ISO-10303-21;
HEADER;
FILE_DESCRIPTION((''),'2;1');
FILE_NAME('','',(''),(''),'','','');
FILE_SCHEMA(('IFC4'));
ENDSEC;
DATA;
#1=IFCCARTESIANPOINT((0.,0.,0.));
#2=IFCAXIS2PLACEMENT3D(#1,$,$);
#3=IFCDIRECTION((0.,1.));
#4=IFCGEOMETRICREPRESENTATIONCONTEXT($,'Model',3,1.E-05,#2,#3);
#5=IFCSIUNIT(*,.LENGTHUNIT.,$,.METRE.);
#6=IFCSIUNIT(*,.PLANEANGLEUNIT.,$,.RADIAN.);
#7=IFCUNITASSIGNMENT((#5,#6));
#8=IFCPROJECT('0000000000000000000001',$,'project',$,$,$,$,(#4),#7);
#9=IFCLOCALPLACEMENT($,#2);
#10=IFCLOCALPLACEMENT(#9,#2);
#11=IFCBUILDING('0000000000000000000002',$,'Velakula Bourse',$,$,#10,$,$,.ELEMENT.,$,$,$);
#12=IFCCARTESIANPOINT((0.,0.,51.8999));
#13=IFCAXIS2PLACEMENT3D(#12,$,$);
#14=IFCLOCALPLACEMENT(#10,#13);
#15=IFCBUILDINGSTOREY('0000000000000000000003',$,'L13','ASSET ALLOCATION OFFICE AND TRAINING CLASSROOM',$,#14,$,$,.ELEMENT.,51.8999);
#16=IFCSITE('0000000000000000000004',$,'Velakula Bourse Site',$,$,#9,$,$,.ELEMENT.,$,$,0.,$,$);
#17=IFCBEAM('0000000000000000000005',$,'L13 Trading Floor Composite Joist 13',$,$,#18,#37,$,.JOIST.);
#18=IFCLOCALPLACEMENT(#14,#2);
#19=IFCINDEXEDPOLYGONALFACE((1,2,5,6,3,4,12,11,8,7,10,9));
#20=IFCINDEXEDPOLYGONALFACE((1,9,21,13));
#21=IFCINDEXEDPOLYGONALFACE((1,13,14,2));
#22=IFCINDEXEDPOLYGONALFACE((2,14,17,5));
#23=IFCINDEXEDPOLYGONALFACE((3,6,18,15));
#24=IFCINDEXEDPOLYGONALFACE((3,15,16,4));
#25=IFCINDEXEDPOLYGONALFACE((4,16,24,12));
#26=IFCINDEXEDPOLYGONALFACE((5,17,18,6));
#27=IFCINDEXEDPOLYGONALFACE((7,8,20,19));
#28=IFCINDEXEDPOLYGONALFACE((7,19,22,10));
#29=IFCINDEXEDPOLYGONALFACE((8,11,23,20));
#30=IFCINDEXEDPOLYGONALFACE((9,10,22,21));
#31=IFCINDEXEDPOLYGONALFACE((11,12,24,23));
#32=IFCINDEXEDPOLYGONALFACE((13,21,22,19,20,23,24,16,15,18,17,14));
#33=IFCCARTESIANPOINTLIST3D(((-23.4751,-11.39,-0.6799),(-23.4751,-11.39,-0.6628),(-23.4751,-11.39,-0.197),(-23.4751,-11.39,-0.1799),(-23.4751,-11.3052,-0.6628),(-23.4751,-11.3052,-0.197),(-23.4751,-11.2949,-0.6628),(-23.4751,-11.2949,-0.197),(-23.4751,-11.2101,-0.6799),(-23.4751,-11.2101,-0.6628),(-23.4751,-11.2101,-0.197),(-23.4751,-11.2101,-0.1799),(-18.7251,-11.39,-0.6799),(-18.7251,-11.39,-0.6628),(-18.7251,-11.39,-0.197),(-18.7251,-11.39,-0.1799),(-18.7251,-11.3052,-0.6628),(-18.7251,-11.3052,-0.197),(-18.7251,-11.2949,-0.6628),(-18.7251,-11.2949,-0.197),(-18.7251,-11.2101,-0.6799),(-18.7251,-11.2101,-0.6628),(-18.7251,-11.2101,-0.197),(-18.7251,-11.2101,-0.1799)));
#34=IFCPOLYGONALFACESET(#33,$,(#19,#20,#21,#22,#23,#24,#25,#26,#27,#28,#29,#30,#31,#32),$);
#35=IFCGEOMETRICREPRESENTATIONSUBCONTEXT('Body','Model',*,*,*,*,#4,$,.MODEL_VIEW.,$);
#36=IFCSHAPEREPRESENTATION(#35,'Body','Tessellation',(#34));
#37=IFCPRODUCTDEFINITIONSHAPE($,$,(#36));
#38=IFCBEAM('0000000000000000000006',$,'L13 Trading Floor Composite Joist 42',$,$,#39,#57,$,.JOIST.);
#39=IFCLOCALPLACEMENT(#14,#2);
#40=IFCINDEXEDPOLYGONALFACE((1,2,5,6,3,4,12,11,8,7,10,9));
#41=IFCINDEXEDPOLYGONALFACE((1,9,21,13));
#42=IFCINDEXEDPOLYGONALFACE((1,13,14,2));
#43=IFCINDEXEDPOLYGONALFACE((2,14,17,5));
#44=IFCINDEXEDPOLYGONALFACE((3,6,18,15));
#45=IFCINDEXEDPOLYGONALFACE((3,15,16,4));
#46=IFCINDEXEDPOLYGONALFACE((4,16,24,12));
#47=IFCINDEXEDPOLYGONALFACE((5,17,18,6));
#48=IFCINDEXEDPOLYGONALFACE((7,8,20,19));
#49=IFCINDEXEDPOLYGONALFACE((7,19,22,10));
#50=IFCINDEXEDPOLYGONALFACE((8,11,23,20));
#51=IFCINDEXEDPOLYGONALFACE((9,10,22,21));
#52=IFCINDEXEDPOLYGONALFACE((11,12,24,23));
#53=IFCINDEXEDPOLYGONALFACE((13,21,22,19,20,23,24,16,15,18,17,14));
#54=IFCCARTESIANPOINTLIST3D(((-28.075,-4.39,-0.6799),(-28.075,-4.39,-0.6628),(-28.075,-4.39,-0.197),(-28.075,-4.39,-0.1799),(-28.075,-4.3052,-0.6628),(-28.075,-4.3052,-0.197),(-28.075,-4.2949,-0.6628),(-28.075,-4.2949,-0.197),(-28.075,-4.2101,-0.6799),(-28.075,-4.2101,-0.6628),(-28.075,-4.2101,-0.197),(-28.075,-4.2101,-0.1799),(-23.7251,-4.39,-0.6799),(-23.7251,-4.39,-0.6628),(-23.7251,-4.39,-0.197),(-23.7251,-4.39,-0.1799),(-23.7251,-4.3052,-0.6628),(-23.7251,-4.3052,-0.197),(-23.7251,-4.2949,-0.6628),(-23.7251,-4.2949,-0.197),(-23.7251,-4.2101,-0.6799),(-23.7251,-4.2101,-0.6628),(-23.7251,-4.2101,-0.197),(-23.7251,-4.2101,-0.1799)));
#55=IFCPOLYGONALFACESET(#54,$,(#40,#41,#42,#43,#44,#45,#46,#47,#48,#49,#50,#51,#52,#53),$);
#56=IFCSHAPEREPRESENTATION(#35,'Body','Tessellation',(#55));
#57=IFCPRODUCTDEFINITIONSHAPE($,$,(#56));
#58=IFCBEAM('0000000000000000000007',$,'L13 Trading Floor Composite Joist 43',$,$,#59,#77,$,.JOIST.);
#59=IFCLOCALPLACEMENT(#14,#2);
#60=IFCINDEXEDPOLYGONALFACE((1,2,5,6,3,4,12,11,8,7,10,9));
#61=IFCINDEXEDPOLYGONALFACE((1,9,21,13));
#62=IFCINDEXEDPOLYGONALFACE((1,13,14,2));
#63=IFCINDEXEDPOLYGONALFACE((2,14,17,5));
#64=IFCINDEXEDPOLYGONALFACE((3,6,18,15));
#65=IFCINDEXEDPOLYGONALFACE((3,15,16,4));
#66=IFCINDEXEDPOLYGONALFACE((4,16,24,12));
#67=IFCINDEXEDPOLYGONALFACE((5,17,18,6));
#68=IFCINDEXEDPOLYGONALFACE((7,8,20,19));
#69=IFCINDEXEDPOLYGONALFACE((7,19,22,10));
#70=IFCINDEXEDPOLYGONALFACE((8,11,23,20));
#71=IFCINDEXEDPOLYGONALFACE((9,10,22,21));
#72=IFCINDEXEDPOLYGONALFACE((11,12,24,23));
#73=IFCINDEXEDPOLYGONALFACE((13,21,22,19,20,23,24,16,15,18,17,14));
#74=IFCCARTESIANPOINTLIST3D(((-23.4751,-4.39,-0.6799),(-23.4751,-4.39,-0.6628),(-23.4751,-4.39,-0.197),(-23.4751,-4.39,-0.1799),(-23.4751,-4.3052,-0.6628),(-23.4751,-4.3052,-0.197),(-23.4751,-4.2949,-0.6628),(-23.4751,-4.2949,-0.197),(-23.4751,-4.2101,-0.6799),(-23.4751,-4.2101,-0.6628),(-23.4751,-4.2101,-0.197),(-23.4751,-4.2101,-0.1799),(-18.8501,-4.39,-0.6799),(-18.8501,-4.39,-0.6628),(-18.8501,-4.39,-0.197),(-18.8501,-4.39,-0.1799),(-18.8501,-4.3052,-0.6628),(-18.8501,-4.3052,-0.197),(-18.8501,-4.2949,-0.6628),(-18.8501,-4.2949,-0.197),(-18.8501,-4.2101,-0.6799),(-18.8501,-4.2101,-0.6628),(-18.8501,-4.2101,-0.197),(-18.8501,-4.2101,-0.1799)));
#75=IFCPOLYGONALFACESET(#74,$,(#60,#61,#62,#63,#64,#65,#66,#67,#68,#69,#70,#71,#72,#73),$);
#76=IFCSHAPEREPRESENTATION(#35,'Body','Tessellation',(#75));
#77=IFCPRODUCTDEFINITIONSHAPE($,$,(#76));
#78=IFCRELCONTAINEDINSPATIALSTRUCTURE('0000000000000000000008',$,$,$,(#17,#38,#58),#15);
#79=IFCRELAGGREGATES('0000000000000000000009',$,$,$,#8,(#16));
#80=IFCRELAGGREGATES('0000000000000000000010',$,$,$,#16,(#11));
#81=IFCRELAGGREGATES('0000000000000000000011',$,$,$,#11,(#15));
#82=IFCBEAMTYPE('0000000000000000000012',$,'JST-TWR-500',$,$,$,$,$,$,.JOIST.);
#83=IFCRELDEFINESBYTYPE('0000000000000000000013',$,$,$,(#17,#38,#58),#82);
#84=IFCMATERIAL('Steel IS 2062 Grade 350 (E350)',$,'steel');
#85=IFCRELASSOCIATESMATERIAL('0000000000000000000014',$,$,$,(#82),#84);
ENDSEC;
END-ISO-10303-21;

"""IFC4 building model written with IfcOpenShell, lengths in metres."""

from ifc_helpers import new_model, si_unit, direction, frame, origin, origin_2d, place, context, subcontext, project, spatial, i_section, extrude, material, material_profile, profile_set, type_object, element, save


model = new_model("IFC4")

# Units and contexts
model_context = context("Model", 3, precision=1e-05, world=origin(), true_north=direction((0.0, 1.0)))
body_context = subcontext(model_context, "Body", "Model", "MODEL_VIEW")
ifc_project = project(units=[si_unit("LENGTHUNIT", "METRE"), si_unit("PLANEANGLEUNIT", "RADIAN")], contexts=[model_context])

# Site, building, storey
site_placement = place(None, origin())
site = spatial("IfcSite", under=ifc_project, at=site_placement, Name="Velakula Bourse Site", CompositionType="ELEMENT", RefElevation=0.0)
building_placement = place(site_placement, origin())
building = spatial("IfcBuilding", under=site, at=building_placement, Name="Velakula Bourse", CompositionType="ELEMENT")
storey_placement = place(building_placement, frame((0.0, 0.0, 51.8999)))
storey = spatial("IfcBuildingStorey", under=building, at=storey_placement, Name="L13", Description="ASSET ALLOCATION OFFICE AND TRAINING CLASSROOM", CompositionType="ELEMENT", Elevation=51.8999)

# Beams
ifc_material_1 = material(Name="Steel IS 2062 Grade 350 (E350)", Category="steel")
ifc_material_profile_1 = material_profile(ifc_material_1, i_section(OverallWidth=0.1799, OverallDepth=0.5, WebThickness=0.0103, FlangeThickness=0.0171, at=origin_2d()), Name="Steel IS 2062 Grade 350 (E350)")
ifc_profile_set_1 = profile_set([ifc_material_profile_1], Name="Steel IS 2062 Grade 350 (E350)")
beam_type_1 = type_object("IfcBeamType", Name="JST-TWR-500", PredefinedType="JOIST", material=ifc_profile_set_1)
beam_1_placement = place(storey_placement, frame((-23.4751, -11.3, -0.4299), z_axis=(1.0, 0.0, 0.0), x_axis=(0.0, 1.0, 0.0)))
element("IfcBeam", 1, at=beam_1_placement, inside=storey, type_object=beam_type_1, Name="L13 Trading Floor Composite Joist 13", PredefinedType="JOIST", context=body_context, shape_type="SweptSolid", body=[
    extrude(i_section(OverallWidth=0.1799, OverallDepth=0.5, WebThickness=0.0103, FlangeThickness=0.0171, at=origin_2d()), origin(), (0.0, 0.0, 1.0), 4.75),
])
beam_2_placement = place(storey_placement, frame((-28.075, -4.3, -0.4299), z_axis=(1.0, 0.0, 0.0), x_axis=(0.0, 1.0, 0.0)))
element("IfcBeam", 2, at=beam_2_placement, inside=storey, type_object=beam_type_1, Name="L13 Trading Floor Composite Joist 42", PredefinedType="JOIST", context=body_context, shape_type="SweptSolid", body=[
    extrude(i_section(OverallWidth=0.1799, OverallDepth=0.5, WebThickness=0.0103, FlangeThickness=0.0171, at=origin_2d()), origin(), (0.0, 0.0, 1.0), 4.3499),
])
beam_3_placement = place(storey_placement, frame((-23.4751, -4.3, -0.4299), z_axis=(1.0, 0.0, 0.0), x_axis=(0.0, 1.0, 0.0)))
element("IfcBeam", 3, at=beam_3_placement, inside=storey, type_object=beam_type_1, Name="L13 Trading Floor Composite Joist 43", PredefinedType="JOIST", context=body_context, shape_type="SweptSolid", body=[
    extrude(i_section(OverallWidth=0.1799, OverallDepth=0.5, WebThickness=0.0103, FlangeThickness=0.0171, at=origin_2d()), origin(), (0.0, 0.0, 1.0), 4.625),
])

save(model, "model.ifc")
